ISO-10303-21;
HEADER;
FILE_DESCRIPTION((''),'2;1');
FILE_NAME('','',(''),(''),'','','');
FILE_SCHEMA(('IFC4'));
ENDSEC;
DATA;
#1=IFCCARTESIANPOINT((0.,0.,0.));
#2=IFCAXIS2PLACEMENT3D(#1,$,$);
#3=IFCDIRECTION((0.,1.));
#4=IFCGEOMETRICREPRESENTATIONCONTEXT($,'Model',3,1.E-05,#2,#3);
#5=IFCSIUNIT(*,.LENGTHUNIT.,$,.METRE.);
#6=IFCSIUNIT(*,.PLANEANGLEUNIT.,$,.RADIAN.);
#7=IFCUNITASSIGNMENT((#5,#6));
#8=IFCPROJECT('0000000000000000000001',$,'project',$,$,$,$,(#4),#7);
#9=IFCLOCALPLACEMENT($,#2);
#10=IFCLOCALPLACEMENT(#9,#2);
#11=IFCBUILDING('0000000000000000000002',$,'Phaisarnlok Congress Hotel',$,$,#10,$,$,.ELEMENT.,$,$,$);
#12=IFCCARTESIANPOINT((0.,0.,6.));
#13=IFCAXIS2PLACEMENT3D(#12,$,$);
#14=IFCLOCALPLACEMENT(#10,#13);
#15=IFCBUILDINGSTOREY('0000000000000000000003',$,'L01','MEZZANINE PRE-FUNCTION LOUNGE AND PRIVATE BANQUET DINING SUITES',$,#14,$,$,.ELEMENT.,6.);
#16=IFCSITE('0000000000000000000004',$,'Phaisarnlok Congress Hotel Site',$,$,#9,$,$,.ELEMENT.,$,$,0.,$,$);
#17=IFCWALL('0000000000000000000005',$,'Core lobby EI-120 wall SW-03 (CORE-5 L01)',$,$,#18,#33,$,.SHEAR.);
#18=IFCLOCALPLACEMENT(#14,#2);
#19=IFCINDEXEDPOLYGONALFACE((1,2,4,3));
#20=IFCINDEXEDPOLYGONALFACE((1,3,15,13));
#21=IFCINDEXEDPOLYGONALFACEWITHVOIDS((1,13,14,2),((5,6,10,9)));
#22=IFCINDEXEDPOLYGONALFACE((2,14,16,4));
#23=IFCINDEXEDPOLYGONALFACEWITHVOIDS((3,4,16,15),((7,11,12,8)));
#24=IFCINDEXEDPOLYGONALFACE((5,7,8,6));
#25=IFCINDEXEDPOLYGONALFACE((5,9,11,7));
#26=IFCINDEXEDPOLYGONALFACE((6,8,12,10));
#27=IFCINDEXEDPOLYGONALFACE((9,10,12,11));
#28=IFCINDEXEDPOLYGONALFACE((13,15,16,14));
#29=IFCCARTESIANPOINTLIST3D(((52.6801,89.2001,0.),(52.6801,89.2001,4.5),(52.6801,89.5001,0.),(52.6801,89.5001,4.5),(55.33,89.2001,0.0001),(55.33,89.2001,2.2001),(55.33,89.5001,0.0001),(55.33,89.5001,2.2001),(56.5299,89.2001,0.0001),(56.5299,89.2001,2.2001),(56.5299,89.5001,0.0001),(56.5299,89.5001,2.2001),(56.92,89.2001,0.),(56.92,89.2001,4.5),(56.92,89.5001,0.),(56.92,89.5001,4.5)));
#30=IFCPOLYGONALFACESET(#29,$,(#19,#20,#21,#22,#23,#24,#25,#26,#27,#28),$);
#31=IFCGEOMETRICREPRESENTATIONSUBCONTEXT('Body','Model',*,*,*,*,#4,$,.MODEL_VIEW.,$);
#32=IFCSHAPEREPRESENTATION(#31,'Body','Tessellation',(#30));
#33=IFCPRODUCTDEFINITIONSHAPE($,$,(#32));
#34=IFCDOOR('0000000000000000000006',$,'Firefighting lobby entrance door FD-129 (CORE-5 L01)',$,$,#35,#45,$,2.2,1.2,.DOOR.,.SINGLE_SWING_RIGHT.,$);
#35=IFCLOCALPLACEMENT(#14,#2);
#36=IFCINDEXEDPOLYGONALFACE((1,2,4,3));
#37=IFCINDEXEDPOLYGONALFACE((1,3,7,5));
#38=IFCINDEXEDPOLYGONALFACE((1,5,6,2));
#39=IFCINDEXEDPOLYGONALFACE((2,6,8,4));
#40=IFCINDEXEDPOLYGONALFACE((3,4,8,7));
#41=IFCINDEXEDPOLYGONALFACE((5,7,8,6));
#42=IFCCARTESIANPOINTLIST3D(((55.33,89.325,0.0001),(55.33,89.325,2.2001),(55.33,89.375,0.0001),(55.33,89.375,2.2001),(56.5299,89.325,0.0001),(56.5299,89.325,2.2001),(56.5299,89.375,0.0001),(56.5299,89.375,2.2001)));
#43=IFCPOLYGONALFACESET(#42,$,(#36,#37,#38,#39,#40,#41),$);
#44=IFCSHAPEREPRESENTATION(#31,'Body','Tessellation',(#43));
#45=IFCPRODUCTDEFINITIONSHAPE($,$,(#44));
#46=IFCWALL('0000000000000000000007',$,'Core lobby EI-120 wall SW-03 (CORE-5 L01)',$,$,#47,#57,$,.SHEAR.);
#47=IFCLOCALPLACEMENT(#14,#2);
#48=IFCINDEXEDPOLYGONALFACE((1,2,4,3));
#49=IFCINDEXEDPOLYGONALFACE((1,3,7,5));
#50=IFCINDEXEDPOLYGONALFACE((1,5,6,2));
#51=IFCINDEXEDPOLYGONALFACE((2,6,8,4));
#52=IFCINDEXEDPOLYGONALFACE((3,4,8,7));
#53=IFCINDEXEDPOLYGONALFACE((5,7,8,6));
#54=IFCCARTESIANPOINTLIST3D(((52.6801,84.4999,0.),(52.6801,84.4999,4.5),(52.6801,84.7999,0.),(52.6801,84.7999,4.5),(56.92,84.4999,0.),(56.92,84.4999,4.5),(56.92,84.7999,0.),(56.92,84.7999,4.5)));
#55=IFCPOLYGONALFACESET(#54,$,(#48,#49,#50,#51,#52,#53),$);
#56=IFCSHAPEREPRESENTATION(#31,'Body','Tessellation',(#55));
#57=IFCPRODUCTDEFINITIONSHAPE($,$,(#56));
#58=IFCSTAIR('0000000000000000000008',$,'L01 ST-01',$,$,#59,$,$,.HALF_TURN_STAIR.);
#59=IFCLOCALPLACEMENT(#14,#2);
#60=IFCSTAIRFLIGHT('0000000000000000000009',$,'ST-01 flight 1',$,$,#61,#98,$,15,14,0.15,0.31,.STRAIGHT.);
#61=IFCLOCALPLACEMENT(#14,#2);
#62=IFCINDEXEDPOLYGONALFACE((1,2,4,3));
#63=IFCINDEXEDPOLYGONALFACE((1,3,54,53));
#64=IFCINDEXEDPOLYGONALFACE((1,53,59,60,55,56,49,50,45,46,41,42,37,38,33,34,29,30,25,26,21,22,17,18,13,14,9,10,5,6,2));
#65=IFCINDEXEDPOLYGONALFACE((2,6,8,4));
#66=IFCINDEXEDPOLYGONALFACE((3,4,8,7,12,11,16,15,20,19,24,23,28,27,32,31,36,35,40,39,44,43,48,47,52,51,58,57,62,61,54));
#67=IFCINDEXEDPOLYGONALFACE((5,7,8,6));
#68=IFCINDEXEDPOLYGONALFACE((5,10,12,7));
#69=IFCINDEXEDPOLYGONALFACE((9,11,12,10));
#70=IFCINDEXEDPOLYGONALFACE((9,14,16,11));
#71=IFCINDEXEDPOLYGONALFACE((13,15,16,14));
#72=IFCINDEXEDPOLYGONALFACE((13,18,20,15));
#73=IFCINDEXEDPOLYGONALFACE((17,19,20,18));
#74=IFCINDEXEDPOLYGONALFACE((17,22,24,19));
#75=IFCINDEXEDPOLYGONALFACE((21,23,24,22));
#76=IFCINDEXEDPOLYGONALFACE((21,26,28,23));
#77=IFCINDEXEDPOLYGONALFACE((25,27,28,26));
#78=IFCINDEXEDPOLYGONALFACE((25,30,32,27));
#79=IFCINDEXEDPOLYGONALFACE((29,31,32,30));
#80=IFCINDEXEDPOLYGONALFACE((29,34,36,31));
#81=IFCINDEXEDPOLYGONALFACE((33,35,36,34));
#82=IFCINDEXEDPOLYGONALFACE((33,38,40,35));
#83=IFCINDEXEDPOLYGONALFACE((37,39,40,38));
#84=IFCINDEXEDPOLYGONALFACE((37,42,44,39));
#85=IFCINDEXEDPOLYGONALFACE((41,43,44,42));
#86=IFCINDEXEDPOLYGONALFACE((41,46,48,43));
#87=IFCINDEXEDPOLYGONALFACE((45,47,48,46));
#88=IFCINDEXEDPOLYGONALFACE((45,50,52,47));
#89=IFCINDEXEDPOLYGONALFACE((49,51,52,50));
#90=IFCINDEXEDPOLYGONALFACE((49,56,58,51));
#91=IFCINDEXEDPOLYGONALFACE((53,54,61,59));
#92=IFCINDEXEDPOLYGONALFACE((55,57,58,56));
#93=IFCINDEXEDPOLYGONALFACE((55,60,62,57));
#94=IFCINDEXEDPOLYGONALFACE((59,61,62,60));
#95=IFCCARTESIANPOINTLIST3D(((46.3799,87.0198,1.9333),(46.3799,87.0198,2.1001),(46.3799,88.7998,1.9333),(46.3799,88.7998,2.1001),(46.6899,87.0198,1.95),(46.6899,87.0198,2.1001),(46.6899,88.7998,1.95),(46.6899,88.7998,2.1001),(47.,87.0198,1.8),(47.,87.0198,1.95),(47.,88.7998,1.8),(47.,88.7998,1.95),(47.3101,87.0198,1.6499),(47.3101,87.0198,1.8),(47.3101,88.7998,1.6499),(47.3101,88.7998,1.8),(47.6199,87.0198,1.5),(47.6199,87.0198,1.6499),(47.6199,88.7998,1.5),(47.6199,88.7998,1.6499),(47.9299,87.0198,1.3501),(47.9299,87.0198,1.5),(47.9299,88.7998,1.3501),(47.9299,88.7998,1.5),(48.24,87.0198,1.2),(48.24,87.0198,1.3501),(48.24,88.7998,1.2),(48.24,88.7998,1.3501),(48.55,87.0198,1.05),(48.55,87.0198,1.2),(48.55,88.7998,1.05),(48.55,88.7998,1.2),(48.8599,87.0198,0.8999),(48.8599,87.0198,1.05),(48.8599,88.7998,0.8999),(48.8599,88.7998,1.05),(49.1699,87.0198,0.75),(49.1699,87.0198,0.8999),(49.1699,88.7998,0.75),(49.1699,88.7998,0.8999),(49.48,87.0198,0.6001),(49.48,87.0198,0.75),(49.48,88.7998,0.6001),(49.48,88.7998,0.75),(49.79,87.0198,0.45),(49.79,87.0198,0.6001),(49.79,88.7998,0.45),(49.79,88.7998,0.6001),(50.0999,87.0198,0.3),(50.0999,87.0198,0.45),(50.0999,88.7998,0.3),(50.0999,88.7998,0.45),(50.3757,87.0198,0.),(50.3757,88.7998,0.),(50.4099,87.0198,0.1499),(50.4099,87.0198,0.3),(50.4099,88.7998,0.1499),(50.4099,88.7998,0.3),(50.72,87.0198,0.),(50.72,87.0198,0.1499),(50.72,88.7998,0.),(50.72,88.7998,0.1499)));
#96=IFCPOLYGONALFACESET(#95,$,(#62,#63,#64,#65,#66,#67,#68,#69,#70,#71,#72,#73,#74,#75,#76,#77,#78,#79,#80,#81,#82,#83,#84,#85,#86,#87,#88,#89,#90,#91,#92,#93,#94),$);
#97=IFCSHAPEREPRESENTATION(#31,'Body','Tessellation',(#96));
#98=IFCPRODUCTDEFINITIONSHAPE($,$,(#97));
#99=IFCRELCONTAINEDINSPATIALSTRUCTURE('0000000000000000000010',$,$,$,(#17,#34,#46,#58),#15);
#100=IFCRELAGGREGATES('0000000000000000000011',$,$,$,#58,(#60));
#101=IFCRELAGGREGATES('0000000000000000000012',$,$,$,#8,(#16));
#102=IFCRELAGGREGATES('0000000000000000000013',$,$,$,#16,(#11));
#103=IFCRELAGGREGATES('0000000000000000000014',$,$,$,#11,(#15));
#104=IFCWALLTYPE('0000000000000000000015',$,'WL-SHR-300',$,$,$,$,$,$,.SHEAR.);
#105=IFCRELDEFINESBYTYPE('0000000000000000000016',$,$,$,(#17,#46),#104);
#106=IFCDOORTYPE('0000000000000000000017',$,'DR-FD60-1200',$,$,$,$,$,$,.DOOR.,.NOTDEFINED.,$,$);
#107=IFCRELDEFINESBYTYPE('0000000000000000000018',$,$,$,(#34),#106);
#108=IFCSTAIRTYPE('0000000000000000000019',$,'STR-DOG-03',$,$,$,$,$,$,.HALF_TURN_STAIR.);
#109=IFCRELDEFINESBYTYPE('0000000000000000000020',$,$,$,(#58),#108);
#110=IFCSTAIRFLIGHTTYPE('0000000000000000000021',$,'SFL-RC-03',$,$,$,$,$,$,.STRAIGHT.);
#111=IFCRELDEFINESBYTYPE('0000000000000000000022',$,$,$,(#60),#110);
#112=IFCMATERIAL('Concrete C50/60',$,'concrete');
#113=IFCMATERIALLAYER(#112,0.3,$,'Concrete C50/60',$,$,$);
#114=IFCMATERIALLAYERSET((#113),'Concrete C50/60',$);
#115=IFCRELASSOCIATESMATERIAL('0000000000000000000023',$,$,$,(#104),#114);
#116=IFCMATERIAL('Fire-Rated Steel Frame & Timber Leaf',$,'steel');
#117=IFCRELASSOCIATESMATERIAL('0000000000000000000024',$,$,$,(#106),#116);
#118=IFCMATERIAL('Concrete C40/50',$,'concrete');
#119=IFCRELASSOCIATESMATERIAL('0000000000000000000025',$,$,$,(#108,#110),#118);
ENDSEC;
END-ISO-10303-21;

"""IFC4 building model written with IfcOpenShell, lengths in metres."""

from ifc_helpers import new_model, si_unit, direction, frame, frame_2d, origin, place, context, subcontext, project, spatial, polyline, rectangle, outline, extrude, material, layer, layer_set, type_object, element, fill, aggregate, save


model = new_model("IFC4")

# Units and contexts
model_context = context("Model", 3, precision=1e-05, world=origin(), true_north=direction((0.0, 1.0)))
body_context = subcontext(model_context, "Body", "Model", "MODEL_VIEW")
ifc_project = project(units=[si_unit("LENGTHUNIT", "METRE"), si_unit("PLANEANGLEUNIT", "RADIAN")], contexts=[model_context])

# Site, building, storey
site_placement = place(None, origin())
site = spatial("IfcSite", under=ifc_project, at=site_placement, Name="Phaisarnlok Congress Hotel Site", CompositionType="ELEMENT", RefElevation=0.0)
building_placement = place(site_placement, origin())
building = spatial("IfcBuilding", under=site, at=building_placement, Name="Phaisarnlok Congress Hotel", CompositionType="ELEMENT")
storey_placement = place(building_placement, frame((0.0, 0.0, 6.0)))
storey = spatial("IfcBuildingStorey", under=building, at=storey_placement, Name="L01", Description="MEZZANINE PRE-FUNCTION LOUNGE AND PRIVATE BANQUET DINING SUITES", CompositionType="ELEMENT", Elevation=6.0)

# Shared definitions
ifc_material_1 = material(Name="Concrete C50/60", Category="concrete")

# Shared definitions
ifc_material_2 = material(Name="Concrete C40/50", Category="concrete")

# Shared definitions
ifc_material_3 = material(Name="Fire-Rated Steel Frame & Timber Leaf", Category="steel")

# Shared definitions
ifc_layer_1 = layer(ifc_material_1, 0.3, Name="Concrete C50/60")
ifc_layer_set_1 = layer_set([ifc_layer_1], Name="Concrete C50/60")
wall_type_1 = type_object("IfcWallType", Name="WL-SHR-300", PredefinedType="SHEAR", material=ifc_layer_set_1)

# Wall, opening, door
wall_1_placement = place(storey_placement, frame((52.6799, 89.3501, 0.0), z_axis=(0.0, 0.0, 1.0), x_axis=(1.0, 0.0, 0.0)))
wall_1 = element("IfcWall", 1, at=wall_1_placement, inside=storey, type_object=wall_type_1, Name="Core lobby EI-120 wall SW-03 (CORE-5 L01)", PredefinedType="SHEAR", context=body_context, shape_type="SweptSolid", body=[
    extrude(rectangle(XDim=4.24, YDim=0.3, at=frame_2d((2.1201, 0.0))), origin(), (0.0, 0.0, 1.0), 4.5),
])
opening_1_placement = place(wall_1_placement, frame((2.6499, 0.0, 0.0)))
opening_1 = element("IfcOpeningElement", 2, at=opening_1_placement, cuts=wall_1, PredefinedType="OPENING", context=body_context, shape_type="SweptSolid", body=[
    extrude(rectangle(XDim=1.2, YDim=2.2, at=frame_2d((0.6001, 1.1001))), frame((0.0, 0.1602, 0.0), z_axis=(0.0, -1.0, 0.0), x_axis=(1.0, 0.0, 0.0)), (0.0, 0.0, 1.0), 0.3201),
])
door_type_1 = type_object("IfcDoorType", Name="DR-FD60-1200", OperationType="NOTDEFINED", PredefinedType="DOOR", material=ifc_material_3)
door_1_placement = place(opening_1_placement, origin())
door_1 = element("IfcDoor", 3, at=door_1_placement, inside=storey, type_object=door_type_1, Name="Firefighting lobby entrance door FD-129 (CORE-5 L01)", OperationType="SINGLE_SWING_RIGHT", OverallHeight=2.2, OverallWidth=1.2, PredefinedType="DOOR", context=body_context, shape_type="SweptSolid", body=[
    extrude(rectangle(XDim=1.2, YDim=2.2, at=frame_2d((0.6001, 1.1001))), frame((0.0, 0.0249, 0.0), z_axis=(0.0, -1.0, 0.0), x_axis=(1.0, 0.0, 0.0)), (0.0, 0.0, 1.0), 0.05),
])
fill(opening_1, door_1)

# Wall
wall_2_placement = place(storey_placement, frame((52.6799, 84.6499, 0.0), z_axis=(0.0, 0.0, 1.0), x_axis=(1.0, 0.0, 0.0)))
element("IfcWall", 4, at=wall_2_placement, inside=storey, type_object=wall_type_1, Name="Core lobby EI-120 wall SW-03 (CORE-5 L01)", PredefinedType="SHEAR", context=body_context, shape_type="SweptSolid", body=[
    extrude(rectangle(XDim=4.24, YDim=0.3, at=frame_2d((2.1201, 0.0))), origin(), (0.0, 0.0, 1.0), 4.5),
])

# Stair, stair flight
stair_type = type_object("IfcStairType", Name="STR-DOG-03", PredefinedType="HALF_TURN_STAIR", material=ifc_material_2)
stair_placement = place(storey_placement, origin())
stair = element("IfcStair", 5, at=stair_placement, inside=storey, type_object=stair_type, Name="L01 ST-01", PredefinedType="HALF_TURN_STAIR")
stair_flight_type = type_object("IfcStairFlightType", Name="SFL-RC-03", PredefinedType="STRAIGHT", material=ifc_material_2)
stair_flight_placement = place(storey_placement, frame((50.72, 87.9099, 0.0), z_axis=(0.0, 0.0, 1.0), x_axis=(-1.0, 0.0, 0.0)))
stair_flight = element("IfcStairFlight", 6, at=stair_flight_placement, type_object=stair_flight_type, Name="ST-01 flight 1", NumberOfRisers=15, NumberOfTreads=14, PredefinedType="STRAIGHT", RiserHeight=0.15, TreadLength=0.31, context=body_context, shape_type="SweptSolid", body=[
    extrude(outline(polyline([(0.0, 0.0), (0.0, 0.1499), (0.3101, 0.1499), (0.3101, 0.3), (0.6201, 0.3), (0.6201, 0.45), (0.9299, 0.45), (0.9299, 0.6001), (1.24, 0.6001), (1.24, 0.75), (1.55, 0.75), (1.55, 0.8999), (1.8601, 0.8999), (1.8601, 1.05), (2.1699, 1.05), (2.1699, 1.2), (2.48, 1.2), (2.48, 1.3501), (2.79, 1.3501), (2.79, 1.5), (3.1001, 1.5), (3.1001, 1.6499), (3.4099, 1.6499), (3.4099, 1.8), (3.72, 1.8), (3.72, 1.95), (4.03, 1.95), (4.03, 2.1001), (4.3401, 2.1001), (4.3401, 2.25), (4.3401, 1.9333), (0.3442, 0.0), (0.0, 0.0)])), frame((0.0, 0.8901, 0.0), z_axis=(0.0, -1.0, 0.0), x_axis=(1.0, 0.0, 0.0)), (0.0, 0.0, 1.0), 1.78),
])
aggregate(stair, [stair_flight])

save(model, "model.ifc")
